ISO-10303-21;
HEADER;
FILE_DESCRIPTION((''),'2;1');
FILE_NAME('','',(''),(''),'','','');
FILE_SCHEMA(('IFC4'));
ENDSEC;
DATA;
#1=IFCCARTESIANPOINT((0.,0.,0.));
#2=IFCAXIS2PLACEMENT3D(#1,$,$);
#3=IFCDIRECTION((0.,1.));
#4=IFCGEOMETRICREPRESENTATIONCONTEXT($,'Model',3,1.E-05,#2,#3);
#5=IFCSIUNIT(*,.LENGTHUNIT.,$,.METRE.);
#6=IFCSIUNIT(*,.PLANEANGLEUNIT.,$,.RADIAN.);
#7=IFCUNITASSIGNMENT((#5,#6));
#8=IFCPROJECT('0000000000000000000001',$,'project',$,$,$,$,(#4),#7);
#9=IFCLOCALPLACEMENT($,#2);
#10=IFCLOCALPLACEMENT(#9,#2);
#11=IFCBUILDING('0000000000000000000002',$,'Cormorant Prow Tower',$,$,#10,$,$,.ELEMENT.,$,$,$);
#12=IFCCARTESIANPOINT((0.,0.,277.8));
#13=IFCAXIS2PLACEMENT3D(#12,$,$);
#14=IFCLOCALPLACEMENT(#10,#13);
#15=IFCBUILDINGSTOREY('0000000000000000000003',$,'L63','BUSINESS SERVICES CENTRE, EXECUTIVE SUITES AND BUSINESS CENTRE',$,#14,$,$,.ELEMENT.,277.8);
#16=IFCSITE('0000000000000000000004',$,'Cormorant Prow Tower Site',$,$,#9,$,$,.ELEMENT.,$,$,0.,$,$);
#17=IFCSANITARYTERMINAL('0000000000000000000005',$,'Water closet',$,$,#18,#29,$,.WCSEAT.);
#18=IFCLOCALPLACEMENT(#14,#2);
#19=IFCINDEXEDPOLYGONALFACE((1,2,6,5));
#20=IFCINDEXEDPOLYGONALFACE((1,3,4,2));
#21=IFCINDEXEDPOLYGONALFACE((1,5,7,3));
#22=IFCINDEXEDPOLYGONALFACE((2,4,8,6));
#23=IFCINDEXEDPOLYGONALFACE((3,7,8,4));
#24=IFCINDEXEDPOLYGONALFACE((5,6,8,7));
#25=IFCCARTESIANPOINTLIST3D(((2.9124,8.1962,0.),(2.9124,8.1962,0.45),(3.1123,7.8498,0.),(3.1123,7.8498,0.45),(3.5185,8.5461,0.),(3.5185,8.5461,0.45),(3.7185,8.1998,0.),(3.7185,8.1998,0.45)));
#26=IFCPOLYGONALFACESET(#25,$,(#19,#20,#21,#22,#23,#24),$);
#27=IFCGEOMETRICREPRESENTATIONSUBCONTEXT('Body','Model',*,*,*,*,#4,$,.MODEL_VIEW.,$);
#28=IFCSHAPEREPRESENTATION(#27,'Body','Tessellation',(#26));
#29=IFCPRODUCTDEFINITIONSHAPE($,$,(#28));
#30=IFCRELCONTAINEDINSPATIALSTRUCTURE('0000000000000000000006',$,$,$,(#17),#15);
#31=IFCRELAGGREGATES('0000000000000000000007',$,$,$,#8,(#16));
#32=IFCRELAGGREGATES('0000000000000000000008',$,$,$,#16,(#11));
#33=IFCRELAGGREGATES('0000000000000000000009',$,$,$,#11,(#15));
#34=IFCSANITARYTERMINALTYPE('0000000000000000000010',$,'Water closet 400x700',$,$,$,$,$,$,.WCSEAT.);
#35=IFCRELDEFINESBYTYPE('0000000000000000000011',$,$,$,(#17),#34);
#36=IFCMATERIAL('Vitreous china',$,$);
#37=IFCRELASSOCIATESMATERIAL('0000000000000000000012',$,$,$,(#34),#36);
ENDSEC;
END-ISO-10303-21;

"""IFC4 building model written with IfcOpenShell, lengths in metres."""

from ifc_helpers import new_model, si_unit, direction, frame, origin, origin_2d, place, context, subcontext, project, spatial, rectangle, extrude, material, type_object, element, save


model = new_model("IFC4")

# Units and contexts
model_context = context("Model", 3, precision=1e-05, world=origin(), true_north=direction((0.0, 1.0)))
body_context = subcontext(model_context, "Body", "Model", "MODEL_VIEW")
ifc_project = project(units=[si_unit("LENGTHUNIT", "METRE"), si_unit("PLANEANGLEUNIT", "RADIAN")], contexts=[model_context])

# Site, building, storey
site_placement = place(None, origin())
site = spatial("IfcSite", under=ifc_project, at=site_placement, Name="Cormorant Prow Tower Site", CompositionType="ELEMENT", RefElevation=0.0)
building_placement = place(site_placement, origin())
building = spatial("IfcBuilding", under=site, at=building_placement, Name="Cormorant Prow Tower", CompositionType="ELEMENT")
storey_placement = place(building_placement, frame((0.0, 0.0, 277.8)))
storey = spatial("IfcBuildingStorey", under=building, at=storey_placement, Name="L63", Description="BUSINESS SERVICES CENTRE, EXECUTIVE SUITES AND BUSINESS CENTRE", CompositionType="ELEMENT", Elevation=277.8)

# Sanitary terminal
ifc_material_1 = material(Name="Vitreous china")
sanitary_terminal_type_1 = type_object("IfcSanitaryTerminalType", Name="Water closet 400x700", PredefinedType="WCSEAT", material=ifc_material_1)
for number, where, z_axis, x_axis, name in (
    (1, (3.3154, 8.198, 0.0), (0.0, 0.0, 1.0), (-0.5, 0.866025, 0.0), "Water closet"),
):
    element("IfcSanitaryTerminal", number, at=place(storey_placement, frame(where, z_axis=z_axis, x_axis=x_axis)), inside=storey, type_object=sanitary_terminal_type_1, Name=name, PredefinedType="WCSEAT", context=body_context, shape_type="SweptSolid", body=[
        extrude(rectangle(XDim=0.3999, YDim=0.7, at=origin_2d()), origin(), (0.0, 0.0, 1.0), 0.45),
    ])

save(model, "model.ifc")
